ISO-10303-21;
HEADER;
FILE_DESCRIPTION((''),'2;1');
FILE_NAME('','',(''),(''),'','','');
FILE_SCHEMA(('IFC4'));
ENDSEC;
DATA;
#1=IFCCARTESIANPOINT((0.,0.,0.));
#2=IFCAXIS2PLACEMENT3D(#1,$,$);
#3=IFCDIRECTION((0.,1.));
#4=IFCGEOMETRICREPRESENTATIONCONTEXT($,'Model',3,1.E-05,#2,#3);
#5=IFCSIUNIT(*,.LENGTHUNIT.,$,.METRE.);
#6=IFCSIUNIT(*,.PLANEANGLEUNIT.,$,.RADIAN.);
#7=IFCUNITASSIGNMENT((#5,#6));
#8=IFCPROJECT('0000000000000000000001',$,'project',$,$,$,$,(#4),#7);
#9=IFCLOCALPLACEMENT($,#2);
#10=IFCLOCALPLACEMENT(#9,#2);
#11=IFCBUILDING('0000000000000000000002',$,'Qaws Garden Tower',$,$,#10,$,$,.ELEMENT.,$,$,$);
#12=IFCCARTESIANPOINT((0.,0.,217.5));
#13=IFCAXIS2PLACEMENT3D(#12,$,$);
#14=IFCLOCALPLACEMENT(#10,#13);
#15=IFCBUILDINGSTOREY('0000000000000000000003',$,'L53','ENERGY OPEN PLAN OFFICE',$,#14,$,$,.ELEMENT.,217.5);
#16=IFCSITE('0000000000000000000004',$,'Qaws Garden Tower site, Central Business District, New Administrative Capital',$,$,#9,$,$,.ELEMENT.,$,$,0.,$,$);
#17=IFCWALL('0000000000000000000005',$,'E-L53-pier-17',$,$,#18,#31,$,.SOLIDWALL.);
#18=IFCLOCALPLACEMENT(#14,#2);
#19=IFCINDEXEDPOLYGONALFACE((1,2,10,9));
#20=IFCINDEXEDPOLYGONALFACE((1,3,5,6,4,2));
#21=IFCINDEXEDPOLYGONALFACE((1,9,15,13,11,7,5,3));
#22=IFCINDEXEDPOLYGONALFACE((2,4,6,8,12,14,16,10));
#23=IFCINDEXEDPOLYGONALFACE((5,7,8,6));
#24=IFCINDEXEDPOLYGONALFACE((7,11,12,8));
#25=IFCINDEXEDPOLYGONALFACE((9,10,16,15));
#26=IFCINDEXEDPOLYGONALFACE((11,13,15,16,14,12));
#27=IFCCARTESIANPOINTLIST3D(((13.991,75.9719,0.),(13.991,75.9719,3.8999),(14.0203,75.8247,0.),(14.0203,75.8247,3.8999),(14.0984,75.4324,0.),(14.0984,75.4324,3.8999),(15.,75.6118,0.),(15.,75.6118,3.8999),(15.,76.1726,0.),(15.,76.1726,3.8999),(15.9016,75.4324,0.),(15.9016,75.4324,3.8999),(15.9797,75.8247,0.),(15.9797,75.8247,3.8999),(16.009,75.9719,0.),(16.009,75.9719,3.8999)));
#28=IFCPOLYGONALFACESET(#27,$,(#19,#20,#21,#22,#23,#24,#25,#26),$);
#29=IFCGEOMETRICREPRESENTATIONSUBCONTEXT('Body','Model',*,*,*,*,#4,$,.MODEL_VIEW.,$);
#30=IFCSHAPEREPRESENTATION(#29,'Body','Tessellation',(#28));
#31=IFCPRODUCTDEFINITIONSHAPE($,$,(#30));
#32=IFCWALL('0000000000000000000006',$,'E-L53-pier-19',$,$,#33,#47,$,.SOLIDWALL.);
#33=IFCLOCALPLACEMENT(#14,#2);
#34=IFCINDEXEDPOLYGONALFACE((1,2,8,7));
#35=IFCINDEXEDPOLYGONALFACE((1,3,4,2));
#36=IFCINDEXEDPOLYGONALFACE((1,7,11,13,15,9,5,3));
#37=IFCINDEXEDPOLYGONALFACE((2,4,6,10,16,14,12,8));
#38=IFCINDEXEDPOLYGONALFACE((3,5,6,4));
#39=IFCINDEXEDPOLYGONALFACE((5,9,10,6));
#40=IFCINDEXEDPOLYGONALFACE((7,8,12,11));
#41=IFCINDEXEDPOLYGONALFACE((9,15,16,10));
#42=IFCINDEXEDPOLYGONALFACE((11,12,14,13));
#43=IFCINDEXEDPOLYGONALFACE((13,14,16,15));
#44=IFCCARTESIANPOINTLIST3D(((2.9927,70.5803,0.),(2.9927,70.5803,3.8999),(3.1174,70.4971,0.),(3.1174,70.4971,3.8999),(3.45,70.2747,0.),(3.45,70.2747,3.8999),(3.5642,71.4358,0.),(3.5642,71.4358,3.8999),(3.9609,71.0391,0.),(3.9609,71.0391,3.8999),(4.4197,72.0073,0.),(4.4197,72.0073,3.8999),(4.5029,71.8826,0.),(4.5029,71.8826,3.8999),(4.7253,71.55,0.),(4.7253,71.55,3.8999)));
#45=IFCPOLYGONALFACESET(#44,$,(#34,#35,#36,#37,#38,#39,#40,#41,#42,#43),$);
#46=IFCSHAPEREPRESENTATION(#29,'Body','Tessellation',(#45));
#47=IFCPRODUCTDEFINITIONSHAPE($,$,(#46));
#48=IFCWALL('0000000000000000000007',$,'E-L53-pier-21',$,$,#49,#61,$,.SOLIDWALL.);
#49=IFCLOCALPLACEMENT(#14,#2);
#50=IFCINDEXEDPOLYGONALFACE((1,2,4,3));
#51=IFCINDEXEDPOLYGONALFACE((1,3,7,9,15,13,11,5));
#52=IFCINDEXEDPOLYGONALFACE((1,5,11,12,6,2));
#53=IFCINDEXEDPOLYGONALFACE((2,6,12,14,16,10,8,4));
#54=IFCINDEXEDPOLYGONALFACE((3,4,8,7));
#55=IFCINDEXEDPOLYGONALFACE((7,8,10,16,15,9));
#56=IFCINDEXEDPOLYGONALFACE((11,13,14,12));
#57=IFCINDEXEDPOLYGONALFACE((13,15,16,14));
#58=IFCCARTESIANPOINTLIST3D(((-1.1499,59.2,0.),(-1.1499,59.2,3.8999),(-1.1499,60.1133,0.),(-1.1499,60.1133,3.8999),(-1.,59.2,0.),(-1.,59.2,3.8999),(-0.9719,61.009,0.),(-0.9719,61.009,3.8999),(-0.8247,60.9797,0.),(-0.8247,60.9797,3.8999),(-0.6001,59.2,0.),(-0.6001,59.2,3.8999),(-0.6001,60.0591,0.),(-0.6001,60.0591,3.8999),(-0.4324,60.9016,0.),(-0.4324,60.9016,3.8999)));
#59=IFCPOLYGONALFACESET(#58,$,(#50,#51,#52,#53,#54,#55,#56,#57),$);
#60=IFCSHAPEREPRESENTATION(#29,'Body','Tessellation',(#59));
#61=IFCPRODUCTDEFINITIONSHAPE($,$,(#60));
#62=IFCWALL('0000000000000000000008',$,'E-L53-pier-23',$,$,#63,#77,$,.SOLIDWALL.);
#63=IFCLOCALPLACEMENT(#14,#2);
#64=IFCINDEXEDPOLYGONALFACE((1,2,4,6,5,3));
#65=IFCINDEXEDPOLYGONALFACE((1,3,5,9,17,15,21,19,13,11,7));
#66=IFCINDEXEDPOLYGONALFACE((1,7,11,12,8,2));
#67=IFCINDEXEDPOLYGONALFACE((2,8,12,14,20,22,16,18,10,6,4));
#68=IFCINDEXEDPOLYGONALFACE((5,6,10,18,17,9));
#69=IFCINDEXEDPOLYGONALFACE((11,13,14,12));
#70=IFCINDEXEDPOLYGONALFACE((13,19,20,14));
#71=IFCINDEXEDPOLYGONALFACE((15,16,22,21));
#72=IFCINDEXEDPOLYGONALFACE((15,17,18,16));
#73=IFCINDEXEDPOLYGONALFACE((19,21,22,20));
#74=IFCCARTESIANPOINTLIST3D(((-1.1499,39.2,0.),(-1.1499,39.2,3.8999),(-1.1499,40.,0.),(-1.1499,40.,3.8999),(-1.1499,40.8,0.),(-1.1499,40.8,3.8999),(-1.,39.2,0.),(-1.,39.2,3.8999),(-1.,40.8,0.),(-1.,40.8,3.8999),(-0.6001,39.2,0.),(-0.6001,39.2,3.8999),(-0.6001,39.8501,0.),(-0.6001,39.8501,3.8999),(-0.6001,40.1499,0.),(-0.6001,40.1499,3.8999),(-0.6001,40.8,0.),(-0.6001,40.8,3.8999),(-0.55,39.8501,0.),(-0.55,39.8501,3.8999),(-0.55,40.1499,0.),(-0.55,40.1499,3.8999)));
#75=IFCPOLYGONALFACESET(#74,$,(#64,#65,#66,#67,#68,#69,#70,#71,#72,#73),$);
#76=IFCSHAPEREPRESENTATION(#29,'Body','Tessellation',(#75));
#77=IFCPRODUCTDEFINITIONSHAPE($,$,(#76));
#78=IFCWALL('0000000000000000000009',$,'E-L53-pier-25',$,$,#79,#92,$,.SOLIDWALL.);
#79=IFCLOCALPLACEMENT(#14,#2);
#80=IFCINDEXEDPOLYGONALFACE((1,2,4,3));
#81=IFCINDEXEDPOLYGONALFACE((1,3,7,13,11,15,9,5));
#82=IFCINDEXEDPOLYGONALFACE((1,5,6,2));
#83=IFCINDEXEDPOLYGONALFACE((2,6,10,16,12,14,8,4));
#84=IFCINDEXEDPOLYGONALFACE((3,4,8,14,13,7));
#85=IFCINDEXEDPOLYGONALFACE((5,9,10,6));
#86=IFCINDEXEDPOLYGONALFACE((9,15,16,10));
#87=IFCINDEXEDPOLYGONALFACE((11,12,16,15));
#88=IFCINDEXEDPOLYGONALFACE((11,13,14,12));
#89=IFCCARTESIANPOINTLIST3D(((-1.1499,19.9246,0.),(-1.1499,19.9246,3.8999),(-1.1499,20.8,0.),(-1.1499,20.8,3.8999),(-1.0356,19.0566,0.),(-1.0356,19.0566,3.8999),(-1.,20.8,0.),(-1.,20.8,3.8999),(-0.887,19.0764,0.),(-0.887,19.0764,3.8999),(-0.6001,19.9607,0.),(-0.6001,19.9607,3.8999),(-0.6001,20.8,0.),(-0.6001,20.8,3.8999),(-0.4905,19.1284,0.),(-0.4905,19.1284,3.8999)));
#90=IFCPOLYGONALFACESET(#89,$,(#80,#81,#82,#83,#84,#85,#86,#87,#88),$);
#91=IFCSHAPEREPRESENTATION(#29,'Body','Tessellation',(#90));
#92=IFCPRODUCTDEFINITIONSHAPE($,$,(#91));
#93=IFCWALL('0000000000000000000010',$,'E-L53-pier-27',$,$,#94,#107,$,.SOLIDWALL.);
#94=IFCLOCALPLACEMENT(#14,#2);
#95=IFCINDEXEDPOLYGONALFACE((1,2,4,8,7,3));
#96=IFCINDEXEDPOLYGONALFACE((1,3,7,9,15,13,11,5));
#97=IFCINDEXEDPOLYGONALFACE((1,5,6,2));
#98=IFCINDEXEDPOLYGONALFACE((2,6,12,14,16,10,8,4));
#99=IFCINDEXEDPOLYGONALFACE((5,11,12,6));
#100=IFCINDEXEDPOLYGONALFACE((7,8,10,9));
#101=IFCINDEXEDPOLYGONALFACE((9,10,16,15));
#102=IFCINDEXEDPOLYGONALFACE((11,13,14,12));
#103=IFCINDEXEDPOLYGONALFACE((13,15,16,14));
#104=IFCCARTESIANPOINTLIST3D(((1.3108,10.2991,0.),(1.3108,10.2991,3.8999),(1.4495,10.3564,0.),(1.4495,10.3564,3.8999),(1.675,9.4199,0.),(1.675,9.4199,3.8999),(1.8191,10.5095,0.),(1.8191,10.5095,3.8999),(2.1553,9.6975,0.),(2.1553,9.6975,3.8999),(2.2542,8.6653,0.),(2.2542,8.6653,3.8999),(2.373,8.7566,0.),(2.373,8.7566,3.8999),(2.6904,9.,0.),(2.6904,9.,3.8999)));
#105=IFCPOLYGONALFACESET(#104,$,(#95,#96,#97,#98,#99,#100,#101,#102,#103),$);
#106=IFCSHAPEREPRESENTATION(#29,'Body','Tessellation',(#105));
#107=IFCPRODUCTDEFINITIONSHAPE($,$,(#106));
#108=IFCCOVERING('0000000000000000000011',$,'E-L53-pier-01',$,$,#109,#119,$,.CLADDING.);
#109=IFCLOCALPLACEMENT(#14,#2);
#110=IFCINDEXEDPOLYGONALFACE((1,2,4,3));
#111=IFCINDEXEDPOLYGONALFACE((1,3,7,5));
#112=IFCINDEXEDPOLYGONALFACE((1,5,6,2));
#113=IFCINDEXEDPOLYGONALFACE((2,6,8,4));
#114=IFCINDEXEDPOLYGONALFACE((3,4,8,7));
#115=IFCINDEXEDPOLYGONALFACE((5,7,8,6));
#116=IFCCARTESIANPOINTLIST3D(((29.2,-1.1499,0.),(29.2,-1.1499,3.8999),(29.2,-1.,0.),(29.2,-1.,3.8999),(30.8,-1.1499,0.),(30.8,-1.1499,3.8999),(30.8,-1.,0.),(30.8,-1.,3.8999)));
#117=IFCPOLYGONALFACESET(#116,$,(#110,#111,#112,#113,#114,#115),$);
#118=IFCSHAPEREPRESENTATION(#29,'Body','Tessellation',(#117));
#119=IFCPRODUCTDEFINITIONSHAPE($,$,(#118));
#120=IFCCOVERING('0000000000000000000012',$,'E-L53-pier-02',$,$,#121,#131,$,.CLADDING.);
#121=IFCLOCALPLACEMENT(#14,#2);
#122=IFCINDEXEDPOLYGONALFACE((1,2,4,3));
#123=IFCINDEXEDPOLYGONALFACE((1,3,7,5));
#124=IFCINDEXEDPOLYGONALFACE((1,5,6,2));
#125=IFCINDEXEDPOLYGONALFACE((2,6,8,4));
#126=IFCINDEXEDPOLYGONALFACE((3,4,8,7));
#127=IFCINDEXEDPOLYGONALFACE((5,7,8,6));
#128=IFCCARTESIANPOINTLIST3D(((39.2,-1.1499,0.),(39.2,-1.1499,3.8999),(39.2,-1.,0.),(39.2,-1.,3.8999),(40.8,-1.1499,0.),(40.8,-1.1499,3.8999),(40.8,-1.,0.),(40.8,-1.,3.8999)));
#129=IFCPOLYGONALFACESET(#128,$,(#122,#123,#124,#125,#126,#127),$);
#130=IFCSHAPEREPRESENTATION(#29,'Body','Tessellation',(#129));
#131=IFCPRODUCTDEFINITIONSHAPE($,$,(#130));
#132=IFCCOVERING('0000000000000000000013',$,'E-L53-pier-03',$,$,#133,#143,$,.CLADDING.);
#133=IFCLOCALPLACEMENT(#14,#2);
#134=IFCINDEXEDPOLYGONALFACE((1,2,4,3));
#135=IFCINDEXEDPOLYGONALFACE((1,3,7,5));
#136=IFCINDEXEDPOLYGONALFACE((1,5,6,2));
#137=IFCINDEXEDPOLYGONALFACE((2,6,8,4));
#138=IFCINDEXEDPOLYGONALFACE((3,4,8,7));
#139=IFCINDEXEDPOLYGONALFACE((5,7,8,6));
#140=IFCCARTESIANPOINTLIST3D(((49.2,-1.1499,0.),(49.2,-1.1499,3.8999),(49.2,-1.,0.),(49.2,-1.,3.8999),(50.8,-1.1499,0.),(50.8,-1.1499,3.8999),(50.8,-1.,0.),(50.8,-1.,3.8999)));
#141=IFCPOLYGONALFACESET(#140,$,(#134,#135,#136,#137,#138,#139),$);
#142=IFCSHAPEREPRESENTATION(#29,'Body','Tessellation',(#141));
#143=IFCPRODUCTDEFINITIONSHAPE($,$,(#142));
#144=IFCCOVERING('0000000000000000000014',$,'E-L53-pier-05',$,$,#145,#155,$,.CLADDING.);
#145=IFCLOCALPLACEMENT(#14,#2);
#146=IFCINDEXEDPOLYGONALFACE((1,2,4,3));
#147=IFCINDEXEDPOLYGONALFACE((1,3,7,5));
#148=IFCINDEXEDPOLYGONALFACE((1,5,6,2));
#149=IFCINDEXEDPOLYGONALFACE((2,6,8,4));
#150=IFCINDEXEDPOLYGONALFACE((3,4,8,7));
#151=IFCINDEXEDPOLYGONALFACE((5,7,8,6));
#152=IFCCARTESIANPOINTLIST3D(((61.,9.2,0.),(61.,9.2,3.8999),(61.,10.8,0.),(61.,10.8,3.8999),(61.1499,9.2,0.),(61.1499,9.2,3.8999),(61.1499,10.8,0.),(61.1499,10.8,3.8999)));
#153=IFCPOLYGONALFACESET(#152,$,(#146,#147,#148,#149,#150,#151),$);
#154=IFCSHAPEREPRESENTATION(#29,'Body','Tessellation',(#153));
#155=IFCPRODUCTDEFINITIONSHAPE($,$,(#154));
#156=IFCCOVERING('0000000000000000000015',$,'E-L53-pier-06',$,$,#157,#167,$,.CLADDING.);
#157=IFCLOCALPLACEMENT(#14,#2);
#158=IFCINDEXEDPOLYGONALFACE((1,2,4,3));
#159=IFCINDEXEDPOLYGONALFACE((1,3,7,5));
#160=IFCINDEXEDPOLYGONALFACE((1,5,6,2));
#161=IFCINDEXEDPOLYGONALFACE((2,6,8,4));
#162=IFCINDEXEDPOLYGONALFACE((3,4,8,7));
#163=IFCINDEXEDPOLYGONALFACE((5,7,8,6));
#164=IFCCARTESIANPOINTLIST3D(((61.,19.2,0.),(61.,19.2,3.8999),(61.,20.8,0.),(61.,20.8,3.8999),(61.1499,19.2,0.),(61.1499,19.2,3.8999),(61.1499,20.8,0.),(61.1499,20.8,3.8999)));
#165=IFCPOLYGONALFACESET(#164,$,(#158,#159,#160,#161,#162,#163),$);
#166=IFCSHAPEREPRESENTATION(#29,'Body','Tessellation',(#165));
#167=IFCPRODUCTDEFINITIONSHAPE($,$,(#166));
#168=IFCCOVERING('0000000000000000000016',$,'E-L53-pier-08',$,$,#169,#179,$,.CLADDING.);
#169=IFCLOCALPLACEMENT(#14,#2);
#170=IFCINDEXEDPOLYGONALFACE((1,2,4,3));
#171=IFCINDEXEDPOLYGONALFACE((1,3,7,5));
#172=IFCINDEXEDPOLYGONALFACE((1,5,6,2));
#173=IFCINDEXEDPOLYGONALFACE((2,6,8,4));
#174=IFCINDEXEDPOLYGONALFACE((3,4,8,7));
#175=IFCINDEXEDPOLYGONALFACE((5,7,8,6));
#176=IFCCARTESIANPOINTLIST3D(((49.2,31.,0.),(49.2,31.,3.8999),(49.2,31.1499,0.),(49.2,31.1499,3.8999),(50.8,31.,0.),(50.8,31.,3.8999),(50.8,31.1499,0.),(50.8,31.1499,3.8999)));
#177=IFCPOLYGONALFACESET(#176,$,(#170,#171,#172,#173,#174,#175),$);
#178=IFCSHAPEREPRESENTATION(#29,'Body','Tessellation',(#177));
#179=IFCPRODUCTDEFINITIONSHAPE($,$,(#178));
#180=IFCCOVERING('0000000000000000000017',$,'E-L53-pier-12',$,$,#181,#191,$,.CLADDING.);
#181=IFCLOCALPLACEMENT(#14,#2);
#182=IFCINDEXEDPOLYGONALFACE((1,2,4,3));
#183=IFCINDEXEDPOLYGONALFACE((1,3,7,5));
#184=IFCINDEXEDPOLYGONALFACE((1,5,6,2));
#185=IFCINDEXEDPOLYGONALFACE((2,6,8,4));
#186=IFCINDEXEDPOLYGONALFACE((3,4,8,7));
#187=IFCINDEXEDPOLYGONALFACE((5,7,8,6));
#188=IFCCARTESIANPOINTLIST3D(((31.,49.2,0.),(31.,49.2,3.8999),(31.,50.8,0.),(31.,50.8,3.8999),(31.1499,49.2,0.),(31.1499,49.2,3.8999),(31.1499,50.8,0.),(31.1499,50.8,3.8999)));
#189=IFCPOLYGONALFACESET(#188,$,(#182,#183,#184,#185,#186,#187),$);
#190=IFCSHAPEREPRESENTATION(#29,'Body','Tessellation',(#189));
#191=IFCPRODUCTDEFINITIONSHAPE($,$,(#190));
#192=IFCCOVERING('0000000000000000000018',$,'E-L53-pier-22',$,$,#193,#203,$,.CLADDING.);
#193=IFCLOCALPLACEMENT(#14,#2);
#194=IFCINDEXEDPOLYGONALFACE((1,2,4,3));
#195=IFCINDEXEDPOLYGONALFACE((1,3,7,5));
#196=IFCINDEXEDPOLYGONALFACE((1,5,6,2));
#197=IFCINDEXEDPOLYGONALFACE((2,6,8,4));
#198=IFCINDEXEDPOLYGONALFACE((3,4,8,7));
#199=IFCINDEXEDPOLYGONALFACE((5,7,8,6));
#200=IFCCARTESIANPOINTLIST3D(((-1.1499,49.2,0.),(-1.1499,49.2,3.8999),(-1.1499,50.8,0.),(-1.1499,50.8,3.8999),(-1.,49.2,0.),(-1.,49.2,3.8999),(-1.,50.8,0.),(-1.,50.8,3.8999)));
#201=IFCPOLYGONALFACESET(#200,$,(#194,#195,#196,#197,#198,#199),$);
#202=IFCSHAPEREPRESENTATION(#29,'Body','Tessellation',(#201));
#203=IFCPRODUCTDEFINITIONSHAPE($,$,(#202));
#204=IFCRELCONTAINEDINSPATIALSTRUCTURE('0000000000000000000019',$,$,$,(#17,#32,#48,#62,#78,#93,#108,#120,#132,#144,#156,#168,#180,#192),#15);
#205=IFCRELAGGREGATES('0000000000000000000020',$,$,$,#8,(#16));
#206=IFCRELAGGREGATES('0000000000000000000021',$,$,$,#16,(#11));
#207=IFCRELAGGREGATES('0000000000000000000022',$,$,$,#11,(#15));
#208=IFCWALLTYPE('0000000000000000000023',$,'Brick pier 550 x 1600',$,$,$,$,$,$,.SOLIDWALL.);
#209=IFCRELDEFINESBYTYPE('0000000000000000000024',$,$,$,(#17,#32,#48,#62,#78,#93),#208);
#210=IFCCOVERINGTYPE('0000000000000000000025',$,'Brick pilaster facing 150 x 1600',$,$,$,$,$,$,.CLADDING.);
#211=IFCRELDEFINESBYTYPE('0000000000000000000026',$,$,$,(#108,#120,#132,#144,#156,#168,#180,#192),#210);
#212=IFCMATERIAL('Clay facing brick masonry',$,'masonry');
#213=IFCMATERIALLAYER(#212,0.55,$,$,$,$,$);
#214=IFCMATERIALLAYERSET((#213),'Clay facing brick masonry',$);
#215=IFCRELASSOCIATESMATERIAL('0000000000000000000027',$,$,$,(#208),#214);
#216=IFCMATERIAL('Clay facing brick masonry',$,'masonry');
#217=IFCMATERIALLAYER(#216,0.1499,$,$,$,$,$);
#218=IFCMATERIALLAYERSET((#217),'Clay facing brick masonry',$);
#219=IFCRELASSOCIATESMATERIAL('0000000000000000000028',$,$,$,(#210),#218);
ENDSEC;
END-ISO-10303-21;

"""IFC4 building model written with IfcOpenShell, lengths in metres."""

from ifc_helpers import new_model, si_unit, direction, frame, origin, place, context, subcontext, project, spatial, polyline, outline, extrude, material, layer, layer_set, type_object, element, save


model = new_model("IFC4")

# Units and contexts
model_context = context("Model", 3, precision=1e-05, world=origin(), true_north=direction((0.0, 1.0)))
body_context = subcontext(model_context, "Body", "Model", "MODEL_VIEW")
ifc_project = project(units=[si_unit("LENGTHUNIT", "METRE"), si_unit("PLANEANGLEUNIT", "RADIAN")], contexts=[model_context])

# Site, building, storey
site_placement = place(None, origin())
site = spatial("IfcSite", under=ifc_project, at=site_placement, Name="Qaws Garden Tower site, Central Business District, New Administrative Capital", CompositionType="ELEMENT", RefElevation=0.0)
building_placement = place(site_placement, origin())
building = spatial("IfcBuilding", under=site, at=building_placement, Name="Qaws Garden Tower", CompositionType="ELEMENT")
storey_placement = place(building_placement, frame((0.0, 0.0, 217.5)))
storey = spatial("IfcBuildingStorey", under=building, at=storey_placement, Name="L53", Description="ENERGY OPEN PLAN OFFICE", CompositionType="ELEMENT", Elevation=217.5)

# Walls
placement = place(storey_placement, origin())
ifc_material_1 = material(Name="Clay facing brick masonry", Category="masonry")
ifc_layer_1 = layer(ifc_material_1, 0.55)
ifc_layer_set_1 = layer_set([ifc_layer_1], Name="Clay facing brick masonry")
wall_type_1 = type_object("IfcWallType", Name="Brick pier 550 x 1600", PredefinedType="SOLIDWALL", material=ifc_layer_set_1)
element("IfcWall", 1, at=placement, inside=storey, type_object=wall_type_1, Name="E-L53-pier-17", PredefinedType="SOLIDWALL", context=body_context, shape_type="SweptSolid", body=[
    extrude(outline(polyline([(15.9797, 75.8247), (16.009, 75.9719), (15.0, 76.1726), (13.991, 75.9719), (14.0203, 75.8247), (14.0984, 75.4324), (15.0, 75.6118), (15.9016, 75.4324), (15.9797, 75.8247)])), origin(), (0.0, 0.0, 1.0), 3.8999),
])
element("IfcWall", 2, at=placement, inside=storey, type_object=wall_type_1, Name="E-L53-pier-19", PredefinedType="SOLIDWALL", context=body_context, shape_type="SweptSolid", body=[
    extrude(outline(polyline([(4.5029, 71.8826), (4.4197, 72.0073), (3.5642, 71.4358), (2.9927, 70.5803), (3.1174, 70.4971), (3.45, 70.2747), (3.9609, 71.0391), (4.7253, 71.55), (4.5029, 71.8826)])), origin(), (0.0, 0.0, 1.0), 3.8999),
])
element("IfcWall", 3, at=placement, inside=storey, type_object=wall_type_1, Name="E-L53-pier-21", PredefinedType="SOLIDWALL", context=body_context, shape_type="SweptSolid", body=[
    extrude(outline(polyline([(-0.8247, 60.9797), (-0.9719, 61.009), (-1.1499, 60.1133), (-1.1499, 59.2), (-1.0, 59.2), (-0.6001, 59.2), (-0.6001, 60.0591), (-0.4324, 60.9016), (-0.8247, 60.9797)])), origin(), (0.0, 0.0, 1.0), 3.8999),
])
element("IfcWall", 4, at=placement, inside=storey, type_object=wall_type_1, Name="E-L53-pier-23", PredefinedType="SOLIDWALL", context=body_context, shape_type="SweptSolid", body=[
    extrude(outline(polyline([(-0.6001, 39.2), (-0.6001, 39.8501), (-0.55, 39.8501), (-0.55, 40.1499), (-0.6001, 40.1499), (-0.6001, 40.8), (-1.0, 40.8), (-1.1499, 40.8), (-1.1499, 40.0), (-1.1499, 39.2), (-1.0, 39.2), (-0.6001, 39.2)])), origin(), (0.0, 0.0, 1.0), 3.8999),
])
element("IfcWall", 5, at=placement, inside=storey, type_object=wall_type_1, Name="E-L53-pier-25", PredefinedType="SOLIDWALL", context=body_context, shape_type="SweptSolid", body=[
    extrude(outline(polyline([(-1.0, 20.8), (-1.1499, 20.8), (-1.1499, 19.9246), (-1.0356, 19.0566), (-0.887, 19.0764), (-0.4905, 19.1284), (-0.6001, 19.9607), (-0.6001, 20.8), (-1.0, 20.8)])), origin(), (0.0, 0.0, 1.0), 3.8999),
])
element("IfcWall", 6, at=placement, inside=storey, type_object=wall_type_1, Name="E-L53-pier-27", PredefinedType="SOLIDWALL", context=body_context, shape_type="SweptSolid", body=[
    extrude(outline(polyline([(1.4495, 10.3564), (1.3108, 10.2991), (1.675, 9.4199), (2.2542, 8.6653), (2.373, 8.7566), (2.6904, 9.0), (2.1553, 9.6975), (1.8191, 10.5095), (1.4495, 10.3564)])), origin(), (0.0, 0.0, 1.0), 3.8999),
])

# Coverings
ifc_material_2 = material(Name="Clay facing brick masonry", Category="masonry")
ifc_layer_2 = layer(ifc_material_2, 0.1499)
ifc_layer_set_2 = layer_set([ifc_layer_2], Name="Clay facing brick masonry")
covering_type = type_object("IfcCoveringType", Name="Brick pilaster facing 150 x 1600", PredefinedType="CLADDING", material=ifc_layer_set_2)
element("IfcCovering", 7, at=placement, inside=storey, type_object=covering_type, Name="E-L53-pier-01", PredefinedType="CLADDING", context=body_context, shape_type="SweptSolid", body=[
    extrude(outline(polyline([(29.2, -1.0), (30.8, -1.0), (30.8, -1.1499), (29.2, -1.1499), (29.2, -1.0)])), origin(), (0.0, 0.0, 1.0), 3.8999),
])
element("IfcCovering", 8, at=placement, inside=storey, type_object=covering_type, Name="E-L53-pier-02", PredefinedType="CLADDING", context=body_context, shape_type="SweptSolid", body=[
    extrude(outline(polyline([(39.2, -1.0), (40.8, -1.0), (40.8, -1.1499), (39.2, -1.1499), (39.2, -1.0)])), origin(), (0.0, 0.0, 1.0), 3.8999),
])
element("IfcCovering", 9, at=placement, inside=storey, type_object=covering_type, Name="E-L53-pier-03", PredefinedType="CLADDING", context=body_context, shape_type="SweptSolid", body=[
    extrude(outline(polyline([(49.2, -1.0), (50.8, -1.0), (50.8, -1.1499), (49.2, -1.1499), (49.2, -1.0)])), origin(), (0.0, 0.0, 1.0), 3.8999),
])
element("IfcCovering", 10, at=placement, inside=storey, type_object=covering_type, Name="E-L53-pier-05", PredefinedType="CLADDING", context=body_context, shape_type="SweptSolid", body=[
    extrude(outline(polyline([(61.0, 9.2), (61.0, 10.8), (61.1499, 10.8), (61.1499, 9.2), (61.0, 9.2)])), origin(), (0.0, 0.0, 1.0), 3.8999),
])
element("IfcCovering", 11, at=placement, inside=storey, type_object=covering_type, Name="E-L53-pier-06", PredefinedType="CLADDING", context=body_context, shape_type="SweptSolid", body=[
    extrude(outline(polyline([(61.0, 19.2), (61.0, 20.8), (61.1499, 20.8), (61.1499, 19.2), (61.0, 19.2)])), origin(), (0.0, 0.0, 1.0), 3.8999),
])
element("IfcCovering", 12, at=placement, inside=storey, type_object=covering_type, Name="E-L53-pier-08", PredefinedType="CLADDING", context=body_context, shape_type="SweptSolid", body=[
    extrude(outline(polyline([(50.8, 31.0), (49.2, 31.0), (49.2, 31.1499), (50.8, 31.1499), (50.8, 31.0)])), origin(), (0.0, 0.0, 1.0), 3.8999),
])
element("IfcCovering", 13, at=placement, inside=storey, type_object=covering_type, Name="E-L53-pier-12", PredefinedType="CLADDING", context=body_context, shape_type="SweptSolid", body=[
    extrude(outline(polyline([(31.0, 49.2), (31.0, 50.8), (31.1499, 50.8), (31.1499, 49.2), (31.0, 49.2)])), origin(), (0.0, 0.0, 1.0), 3.8999),
])
element("IfcCovering", 14, at=placement, inside=storey, type_object=covering_type, Name="E-L53-pier-22", PredefinedType="CLADDING", context=body_context, shape_type="SweptSolid", body=[
    extrude(outline(polyline([(-1.0, 50.8), (-1.0, 49.2), (-1.1499, 49.2), (-1.1499, 50.8), (-1.0, 50.8)])), origin(), (0.0, 0.0, 1.0), 3.8999),
])

save(model, "model.ifc")
